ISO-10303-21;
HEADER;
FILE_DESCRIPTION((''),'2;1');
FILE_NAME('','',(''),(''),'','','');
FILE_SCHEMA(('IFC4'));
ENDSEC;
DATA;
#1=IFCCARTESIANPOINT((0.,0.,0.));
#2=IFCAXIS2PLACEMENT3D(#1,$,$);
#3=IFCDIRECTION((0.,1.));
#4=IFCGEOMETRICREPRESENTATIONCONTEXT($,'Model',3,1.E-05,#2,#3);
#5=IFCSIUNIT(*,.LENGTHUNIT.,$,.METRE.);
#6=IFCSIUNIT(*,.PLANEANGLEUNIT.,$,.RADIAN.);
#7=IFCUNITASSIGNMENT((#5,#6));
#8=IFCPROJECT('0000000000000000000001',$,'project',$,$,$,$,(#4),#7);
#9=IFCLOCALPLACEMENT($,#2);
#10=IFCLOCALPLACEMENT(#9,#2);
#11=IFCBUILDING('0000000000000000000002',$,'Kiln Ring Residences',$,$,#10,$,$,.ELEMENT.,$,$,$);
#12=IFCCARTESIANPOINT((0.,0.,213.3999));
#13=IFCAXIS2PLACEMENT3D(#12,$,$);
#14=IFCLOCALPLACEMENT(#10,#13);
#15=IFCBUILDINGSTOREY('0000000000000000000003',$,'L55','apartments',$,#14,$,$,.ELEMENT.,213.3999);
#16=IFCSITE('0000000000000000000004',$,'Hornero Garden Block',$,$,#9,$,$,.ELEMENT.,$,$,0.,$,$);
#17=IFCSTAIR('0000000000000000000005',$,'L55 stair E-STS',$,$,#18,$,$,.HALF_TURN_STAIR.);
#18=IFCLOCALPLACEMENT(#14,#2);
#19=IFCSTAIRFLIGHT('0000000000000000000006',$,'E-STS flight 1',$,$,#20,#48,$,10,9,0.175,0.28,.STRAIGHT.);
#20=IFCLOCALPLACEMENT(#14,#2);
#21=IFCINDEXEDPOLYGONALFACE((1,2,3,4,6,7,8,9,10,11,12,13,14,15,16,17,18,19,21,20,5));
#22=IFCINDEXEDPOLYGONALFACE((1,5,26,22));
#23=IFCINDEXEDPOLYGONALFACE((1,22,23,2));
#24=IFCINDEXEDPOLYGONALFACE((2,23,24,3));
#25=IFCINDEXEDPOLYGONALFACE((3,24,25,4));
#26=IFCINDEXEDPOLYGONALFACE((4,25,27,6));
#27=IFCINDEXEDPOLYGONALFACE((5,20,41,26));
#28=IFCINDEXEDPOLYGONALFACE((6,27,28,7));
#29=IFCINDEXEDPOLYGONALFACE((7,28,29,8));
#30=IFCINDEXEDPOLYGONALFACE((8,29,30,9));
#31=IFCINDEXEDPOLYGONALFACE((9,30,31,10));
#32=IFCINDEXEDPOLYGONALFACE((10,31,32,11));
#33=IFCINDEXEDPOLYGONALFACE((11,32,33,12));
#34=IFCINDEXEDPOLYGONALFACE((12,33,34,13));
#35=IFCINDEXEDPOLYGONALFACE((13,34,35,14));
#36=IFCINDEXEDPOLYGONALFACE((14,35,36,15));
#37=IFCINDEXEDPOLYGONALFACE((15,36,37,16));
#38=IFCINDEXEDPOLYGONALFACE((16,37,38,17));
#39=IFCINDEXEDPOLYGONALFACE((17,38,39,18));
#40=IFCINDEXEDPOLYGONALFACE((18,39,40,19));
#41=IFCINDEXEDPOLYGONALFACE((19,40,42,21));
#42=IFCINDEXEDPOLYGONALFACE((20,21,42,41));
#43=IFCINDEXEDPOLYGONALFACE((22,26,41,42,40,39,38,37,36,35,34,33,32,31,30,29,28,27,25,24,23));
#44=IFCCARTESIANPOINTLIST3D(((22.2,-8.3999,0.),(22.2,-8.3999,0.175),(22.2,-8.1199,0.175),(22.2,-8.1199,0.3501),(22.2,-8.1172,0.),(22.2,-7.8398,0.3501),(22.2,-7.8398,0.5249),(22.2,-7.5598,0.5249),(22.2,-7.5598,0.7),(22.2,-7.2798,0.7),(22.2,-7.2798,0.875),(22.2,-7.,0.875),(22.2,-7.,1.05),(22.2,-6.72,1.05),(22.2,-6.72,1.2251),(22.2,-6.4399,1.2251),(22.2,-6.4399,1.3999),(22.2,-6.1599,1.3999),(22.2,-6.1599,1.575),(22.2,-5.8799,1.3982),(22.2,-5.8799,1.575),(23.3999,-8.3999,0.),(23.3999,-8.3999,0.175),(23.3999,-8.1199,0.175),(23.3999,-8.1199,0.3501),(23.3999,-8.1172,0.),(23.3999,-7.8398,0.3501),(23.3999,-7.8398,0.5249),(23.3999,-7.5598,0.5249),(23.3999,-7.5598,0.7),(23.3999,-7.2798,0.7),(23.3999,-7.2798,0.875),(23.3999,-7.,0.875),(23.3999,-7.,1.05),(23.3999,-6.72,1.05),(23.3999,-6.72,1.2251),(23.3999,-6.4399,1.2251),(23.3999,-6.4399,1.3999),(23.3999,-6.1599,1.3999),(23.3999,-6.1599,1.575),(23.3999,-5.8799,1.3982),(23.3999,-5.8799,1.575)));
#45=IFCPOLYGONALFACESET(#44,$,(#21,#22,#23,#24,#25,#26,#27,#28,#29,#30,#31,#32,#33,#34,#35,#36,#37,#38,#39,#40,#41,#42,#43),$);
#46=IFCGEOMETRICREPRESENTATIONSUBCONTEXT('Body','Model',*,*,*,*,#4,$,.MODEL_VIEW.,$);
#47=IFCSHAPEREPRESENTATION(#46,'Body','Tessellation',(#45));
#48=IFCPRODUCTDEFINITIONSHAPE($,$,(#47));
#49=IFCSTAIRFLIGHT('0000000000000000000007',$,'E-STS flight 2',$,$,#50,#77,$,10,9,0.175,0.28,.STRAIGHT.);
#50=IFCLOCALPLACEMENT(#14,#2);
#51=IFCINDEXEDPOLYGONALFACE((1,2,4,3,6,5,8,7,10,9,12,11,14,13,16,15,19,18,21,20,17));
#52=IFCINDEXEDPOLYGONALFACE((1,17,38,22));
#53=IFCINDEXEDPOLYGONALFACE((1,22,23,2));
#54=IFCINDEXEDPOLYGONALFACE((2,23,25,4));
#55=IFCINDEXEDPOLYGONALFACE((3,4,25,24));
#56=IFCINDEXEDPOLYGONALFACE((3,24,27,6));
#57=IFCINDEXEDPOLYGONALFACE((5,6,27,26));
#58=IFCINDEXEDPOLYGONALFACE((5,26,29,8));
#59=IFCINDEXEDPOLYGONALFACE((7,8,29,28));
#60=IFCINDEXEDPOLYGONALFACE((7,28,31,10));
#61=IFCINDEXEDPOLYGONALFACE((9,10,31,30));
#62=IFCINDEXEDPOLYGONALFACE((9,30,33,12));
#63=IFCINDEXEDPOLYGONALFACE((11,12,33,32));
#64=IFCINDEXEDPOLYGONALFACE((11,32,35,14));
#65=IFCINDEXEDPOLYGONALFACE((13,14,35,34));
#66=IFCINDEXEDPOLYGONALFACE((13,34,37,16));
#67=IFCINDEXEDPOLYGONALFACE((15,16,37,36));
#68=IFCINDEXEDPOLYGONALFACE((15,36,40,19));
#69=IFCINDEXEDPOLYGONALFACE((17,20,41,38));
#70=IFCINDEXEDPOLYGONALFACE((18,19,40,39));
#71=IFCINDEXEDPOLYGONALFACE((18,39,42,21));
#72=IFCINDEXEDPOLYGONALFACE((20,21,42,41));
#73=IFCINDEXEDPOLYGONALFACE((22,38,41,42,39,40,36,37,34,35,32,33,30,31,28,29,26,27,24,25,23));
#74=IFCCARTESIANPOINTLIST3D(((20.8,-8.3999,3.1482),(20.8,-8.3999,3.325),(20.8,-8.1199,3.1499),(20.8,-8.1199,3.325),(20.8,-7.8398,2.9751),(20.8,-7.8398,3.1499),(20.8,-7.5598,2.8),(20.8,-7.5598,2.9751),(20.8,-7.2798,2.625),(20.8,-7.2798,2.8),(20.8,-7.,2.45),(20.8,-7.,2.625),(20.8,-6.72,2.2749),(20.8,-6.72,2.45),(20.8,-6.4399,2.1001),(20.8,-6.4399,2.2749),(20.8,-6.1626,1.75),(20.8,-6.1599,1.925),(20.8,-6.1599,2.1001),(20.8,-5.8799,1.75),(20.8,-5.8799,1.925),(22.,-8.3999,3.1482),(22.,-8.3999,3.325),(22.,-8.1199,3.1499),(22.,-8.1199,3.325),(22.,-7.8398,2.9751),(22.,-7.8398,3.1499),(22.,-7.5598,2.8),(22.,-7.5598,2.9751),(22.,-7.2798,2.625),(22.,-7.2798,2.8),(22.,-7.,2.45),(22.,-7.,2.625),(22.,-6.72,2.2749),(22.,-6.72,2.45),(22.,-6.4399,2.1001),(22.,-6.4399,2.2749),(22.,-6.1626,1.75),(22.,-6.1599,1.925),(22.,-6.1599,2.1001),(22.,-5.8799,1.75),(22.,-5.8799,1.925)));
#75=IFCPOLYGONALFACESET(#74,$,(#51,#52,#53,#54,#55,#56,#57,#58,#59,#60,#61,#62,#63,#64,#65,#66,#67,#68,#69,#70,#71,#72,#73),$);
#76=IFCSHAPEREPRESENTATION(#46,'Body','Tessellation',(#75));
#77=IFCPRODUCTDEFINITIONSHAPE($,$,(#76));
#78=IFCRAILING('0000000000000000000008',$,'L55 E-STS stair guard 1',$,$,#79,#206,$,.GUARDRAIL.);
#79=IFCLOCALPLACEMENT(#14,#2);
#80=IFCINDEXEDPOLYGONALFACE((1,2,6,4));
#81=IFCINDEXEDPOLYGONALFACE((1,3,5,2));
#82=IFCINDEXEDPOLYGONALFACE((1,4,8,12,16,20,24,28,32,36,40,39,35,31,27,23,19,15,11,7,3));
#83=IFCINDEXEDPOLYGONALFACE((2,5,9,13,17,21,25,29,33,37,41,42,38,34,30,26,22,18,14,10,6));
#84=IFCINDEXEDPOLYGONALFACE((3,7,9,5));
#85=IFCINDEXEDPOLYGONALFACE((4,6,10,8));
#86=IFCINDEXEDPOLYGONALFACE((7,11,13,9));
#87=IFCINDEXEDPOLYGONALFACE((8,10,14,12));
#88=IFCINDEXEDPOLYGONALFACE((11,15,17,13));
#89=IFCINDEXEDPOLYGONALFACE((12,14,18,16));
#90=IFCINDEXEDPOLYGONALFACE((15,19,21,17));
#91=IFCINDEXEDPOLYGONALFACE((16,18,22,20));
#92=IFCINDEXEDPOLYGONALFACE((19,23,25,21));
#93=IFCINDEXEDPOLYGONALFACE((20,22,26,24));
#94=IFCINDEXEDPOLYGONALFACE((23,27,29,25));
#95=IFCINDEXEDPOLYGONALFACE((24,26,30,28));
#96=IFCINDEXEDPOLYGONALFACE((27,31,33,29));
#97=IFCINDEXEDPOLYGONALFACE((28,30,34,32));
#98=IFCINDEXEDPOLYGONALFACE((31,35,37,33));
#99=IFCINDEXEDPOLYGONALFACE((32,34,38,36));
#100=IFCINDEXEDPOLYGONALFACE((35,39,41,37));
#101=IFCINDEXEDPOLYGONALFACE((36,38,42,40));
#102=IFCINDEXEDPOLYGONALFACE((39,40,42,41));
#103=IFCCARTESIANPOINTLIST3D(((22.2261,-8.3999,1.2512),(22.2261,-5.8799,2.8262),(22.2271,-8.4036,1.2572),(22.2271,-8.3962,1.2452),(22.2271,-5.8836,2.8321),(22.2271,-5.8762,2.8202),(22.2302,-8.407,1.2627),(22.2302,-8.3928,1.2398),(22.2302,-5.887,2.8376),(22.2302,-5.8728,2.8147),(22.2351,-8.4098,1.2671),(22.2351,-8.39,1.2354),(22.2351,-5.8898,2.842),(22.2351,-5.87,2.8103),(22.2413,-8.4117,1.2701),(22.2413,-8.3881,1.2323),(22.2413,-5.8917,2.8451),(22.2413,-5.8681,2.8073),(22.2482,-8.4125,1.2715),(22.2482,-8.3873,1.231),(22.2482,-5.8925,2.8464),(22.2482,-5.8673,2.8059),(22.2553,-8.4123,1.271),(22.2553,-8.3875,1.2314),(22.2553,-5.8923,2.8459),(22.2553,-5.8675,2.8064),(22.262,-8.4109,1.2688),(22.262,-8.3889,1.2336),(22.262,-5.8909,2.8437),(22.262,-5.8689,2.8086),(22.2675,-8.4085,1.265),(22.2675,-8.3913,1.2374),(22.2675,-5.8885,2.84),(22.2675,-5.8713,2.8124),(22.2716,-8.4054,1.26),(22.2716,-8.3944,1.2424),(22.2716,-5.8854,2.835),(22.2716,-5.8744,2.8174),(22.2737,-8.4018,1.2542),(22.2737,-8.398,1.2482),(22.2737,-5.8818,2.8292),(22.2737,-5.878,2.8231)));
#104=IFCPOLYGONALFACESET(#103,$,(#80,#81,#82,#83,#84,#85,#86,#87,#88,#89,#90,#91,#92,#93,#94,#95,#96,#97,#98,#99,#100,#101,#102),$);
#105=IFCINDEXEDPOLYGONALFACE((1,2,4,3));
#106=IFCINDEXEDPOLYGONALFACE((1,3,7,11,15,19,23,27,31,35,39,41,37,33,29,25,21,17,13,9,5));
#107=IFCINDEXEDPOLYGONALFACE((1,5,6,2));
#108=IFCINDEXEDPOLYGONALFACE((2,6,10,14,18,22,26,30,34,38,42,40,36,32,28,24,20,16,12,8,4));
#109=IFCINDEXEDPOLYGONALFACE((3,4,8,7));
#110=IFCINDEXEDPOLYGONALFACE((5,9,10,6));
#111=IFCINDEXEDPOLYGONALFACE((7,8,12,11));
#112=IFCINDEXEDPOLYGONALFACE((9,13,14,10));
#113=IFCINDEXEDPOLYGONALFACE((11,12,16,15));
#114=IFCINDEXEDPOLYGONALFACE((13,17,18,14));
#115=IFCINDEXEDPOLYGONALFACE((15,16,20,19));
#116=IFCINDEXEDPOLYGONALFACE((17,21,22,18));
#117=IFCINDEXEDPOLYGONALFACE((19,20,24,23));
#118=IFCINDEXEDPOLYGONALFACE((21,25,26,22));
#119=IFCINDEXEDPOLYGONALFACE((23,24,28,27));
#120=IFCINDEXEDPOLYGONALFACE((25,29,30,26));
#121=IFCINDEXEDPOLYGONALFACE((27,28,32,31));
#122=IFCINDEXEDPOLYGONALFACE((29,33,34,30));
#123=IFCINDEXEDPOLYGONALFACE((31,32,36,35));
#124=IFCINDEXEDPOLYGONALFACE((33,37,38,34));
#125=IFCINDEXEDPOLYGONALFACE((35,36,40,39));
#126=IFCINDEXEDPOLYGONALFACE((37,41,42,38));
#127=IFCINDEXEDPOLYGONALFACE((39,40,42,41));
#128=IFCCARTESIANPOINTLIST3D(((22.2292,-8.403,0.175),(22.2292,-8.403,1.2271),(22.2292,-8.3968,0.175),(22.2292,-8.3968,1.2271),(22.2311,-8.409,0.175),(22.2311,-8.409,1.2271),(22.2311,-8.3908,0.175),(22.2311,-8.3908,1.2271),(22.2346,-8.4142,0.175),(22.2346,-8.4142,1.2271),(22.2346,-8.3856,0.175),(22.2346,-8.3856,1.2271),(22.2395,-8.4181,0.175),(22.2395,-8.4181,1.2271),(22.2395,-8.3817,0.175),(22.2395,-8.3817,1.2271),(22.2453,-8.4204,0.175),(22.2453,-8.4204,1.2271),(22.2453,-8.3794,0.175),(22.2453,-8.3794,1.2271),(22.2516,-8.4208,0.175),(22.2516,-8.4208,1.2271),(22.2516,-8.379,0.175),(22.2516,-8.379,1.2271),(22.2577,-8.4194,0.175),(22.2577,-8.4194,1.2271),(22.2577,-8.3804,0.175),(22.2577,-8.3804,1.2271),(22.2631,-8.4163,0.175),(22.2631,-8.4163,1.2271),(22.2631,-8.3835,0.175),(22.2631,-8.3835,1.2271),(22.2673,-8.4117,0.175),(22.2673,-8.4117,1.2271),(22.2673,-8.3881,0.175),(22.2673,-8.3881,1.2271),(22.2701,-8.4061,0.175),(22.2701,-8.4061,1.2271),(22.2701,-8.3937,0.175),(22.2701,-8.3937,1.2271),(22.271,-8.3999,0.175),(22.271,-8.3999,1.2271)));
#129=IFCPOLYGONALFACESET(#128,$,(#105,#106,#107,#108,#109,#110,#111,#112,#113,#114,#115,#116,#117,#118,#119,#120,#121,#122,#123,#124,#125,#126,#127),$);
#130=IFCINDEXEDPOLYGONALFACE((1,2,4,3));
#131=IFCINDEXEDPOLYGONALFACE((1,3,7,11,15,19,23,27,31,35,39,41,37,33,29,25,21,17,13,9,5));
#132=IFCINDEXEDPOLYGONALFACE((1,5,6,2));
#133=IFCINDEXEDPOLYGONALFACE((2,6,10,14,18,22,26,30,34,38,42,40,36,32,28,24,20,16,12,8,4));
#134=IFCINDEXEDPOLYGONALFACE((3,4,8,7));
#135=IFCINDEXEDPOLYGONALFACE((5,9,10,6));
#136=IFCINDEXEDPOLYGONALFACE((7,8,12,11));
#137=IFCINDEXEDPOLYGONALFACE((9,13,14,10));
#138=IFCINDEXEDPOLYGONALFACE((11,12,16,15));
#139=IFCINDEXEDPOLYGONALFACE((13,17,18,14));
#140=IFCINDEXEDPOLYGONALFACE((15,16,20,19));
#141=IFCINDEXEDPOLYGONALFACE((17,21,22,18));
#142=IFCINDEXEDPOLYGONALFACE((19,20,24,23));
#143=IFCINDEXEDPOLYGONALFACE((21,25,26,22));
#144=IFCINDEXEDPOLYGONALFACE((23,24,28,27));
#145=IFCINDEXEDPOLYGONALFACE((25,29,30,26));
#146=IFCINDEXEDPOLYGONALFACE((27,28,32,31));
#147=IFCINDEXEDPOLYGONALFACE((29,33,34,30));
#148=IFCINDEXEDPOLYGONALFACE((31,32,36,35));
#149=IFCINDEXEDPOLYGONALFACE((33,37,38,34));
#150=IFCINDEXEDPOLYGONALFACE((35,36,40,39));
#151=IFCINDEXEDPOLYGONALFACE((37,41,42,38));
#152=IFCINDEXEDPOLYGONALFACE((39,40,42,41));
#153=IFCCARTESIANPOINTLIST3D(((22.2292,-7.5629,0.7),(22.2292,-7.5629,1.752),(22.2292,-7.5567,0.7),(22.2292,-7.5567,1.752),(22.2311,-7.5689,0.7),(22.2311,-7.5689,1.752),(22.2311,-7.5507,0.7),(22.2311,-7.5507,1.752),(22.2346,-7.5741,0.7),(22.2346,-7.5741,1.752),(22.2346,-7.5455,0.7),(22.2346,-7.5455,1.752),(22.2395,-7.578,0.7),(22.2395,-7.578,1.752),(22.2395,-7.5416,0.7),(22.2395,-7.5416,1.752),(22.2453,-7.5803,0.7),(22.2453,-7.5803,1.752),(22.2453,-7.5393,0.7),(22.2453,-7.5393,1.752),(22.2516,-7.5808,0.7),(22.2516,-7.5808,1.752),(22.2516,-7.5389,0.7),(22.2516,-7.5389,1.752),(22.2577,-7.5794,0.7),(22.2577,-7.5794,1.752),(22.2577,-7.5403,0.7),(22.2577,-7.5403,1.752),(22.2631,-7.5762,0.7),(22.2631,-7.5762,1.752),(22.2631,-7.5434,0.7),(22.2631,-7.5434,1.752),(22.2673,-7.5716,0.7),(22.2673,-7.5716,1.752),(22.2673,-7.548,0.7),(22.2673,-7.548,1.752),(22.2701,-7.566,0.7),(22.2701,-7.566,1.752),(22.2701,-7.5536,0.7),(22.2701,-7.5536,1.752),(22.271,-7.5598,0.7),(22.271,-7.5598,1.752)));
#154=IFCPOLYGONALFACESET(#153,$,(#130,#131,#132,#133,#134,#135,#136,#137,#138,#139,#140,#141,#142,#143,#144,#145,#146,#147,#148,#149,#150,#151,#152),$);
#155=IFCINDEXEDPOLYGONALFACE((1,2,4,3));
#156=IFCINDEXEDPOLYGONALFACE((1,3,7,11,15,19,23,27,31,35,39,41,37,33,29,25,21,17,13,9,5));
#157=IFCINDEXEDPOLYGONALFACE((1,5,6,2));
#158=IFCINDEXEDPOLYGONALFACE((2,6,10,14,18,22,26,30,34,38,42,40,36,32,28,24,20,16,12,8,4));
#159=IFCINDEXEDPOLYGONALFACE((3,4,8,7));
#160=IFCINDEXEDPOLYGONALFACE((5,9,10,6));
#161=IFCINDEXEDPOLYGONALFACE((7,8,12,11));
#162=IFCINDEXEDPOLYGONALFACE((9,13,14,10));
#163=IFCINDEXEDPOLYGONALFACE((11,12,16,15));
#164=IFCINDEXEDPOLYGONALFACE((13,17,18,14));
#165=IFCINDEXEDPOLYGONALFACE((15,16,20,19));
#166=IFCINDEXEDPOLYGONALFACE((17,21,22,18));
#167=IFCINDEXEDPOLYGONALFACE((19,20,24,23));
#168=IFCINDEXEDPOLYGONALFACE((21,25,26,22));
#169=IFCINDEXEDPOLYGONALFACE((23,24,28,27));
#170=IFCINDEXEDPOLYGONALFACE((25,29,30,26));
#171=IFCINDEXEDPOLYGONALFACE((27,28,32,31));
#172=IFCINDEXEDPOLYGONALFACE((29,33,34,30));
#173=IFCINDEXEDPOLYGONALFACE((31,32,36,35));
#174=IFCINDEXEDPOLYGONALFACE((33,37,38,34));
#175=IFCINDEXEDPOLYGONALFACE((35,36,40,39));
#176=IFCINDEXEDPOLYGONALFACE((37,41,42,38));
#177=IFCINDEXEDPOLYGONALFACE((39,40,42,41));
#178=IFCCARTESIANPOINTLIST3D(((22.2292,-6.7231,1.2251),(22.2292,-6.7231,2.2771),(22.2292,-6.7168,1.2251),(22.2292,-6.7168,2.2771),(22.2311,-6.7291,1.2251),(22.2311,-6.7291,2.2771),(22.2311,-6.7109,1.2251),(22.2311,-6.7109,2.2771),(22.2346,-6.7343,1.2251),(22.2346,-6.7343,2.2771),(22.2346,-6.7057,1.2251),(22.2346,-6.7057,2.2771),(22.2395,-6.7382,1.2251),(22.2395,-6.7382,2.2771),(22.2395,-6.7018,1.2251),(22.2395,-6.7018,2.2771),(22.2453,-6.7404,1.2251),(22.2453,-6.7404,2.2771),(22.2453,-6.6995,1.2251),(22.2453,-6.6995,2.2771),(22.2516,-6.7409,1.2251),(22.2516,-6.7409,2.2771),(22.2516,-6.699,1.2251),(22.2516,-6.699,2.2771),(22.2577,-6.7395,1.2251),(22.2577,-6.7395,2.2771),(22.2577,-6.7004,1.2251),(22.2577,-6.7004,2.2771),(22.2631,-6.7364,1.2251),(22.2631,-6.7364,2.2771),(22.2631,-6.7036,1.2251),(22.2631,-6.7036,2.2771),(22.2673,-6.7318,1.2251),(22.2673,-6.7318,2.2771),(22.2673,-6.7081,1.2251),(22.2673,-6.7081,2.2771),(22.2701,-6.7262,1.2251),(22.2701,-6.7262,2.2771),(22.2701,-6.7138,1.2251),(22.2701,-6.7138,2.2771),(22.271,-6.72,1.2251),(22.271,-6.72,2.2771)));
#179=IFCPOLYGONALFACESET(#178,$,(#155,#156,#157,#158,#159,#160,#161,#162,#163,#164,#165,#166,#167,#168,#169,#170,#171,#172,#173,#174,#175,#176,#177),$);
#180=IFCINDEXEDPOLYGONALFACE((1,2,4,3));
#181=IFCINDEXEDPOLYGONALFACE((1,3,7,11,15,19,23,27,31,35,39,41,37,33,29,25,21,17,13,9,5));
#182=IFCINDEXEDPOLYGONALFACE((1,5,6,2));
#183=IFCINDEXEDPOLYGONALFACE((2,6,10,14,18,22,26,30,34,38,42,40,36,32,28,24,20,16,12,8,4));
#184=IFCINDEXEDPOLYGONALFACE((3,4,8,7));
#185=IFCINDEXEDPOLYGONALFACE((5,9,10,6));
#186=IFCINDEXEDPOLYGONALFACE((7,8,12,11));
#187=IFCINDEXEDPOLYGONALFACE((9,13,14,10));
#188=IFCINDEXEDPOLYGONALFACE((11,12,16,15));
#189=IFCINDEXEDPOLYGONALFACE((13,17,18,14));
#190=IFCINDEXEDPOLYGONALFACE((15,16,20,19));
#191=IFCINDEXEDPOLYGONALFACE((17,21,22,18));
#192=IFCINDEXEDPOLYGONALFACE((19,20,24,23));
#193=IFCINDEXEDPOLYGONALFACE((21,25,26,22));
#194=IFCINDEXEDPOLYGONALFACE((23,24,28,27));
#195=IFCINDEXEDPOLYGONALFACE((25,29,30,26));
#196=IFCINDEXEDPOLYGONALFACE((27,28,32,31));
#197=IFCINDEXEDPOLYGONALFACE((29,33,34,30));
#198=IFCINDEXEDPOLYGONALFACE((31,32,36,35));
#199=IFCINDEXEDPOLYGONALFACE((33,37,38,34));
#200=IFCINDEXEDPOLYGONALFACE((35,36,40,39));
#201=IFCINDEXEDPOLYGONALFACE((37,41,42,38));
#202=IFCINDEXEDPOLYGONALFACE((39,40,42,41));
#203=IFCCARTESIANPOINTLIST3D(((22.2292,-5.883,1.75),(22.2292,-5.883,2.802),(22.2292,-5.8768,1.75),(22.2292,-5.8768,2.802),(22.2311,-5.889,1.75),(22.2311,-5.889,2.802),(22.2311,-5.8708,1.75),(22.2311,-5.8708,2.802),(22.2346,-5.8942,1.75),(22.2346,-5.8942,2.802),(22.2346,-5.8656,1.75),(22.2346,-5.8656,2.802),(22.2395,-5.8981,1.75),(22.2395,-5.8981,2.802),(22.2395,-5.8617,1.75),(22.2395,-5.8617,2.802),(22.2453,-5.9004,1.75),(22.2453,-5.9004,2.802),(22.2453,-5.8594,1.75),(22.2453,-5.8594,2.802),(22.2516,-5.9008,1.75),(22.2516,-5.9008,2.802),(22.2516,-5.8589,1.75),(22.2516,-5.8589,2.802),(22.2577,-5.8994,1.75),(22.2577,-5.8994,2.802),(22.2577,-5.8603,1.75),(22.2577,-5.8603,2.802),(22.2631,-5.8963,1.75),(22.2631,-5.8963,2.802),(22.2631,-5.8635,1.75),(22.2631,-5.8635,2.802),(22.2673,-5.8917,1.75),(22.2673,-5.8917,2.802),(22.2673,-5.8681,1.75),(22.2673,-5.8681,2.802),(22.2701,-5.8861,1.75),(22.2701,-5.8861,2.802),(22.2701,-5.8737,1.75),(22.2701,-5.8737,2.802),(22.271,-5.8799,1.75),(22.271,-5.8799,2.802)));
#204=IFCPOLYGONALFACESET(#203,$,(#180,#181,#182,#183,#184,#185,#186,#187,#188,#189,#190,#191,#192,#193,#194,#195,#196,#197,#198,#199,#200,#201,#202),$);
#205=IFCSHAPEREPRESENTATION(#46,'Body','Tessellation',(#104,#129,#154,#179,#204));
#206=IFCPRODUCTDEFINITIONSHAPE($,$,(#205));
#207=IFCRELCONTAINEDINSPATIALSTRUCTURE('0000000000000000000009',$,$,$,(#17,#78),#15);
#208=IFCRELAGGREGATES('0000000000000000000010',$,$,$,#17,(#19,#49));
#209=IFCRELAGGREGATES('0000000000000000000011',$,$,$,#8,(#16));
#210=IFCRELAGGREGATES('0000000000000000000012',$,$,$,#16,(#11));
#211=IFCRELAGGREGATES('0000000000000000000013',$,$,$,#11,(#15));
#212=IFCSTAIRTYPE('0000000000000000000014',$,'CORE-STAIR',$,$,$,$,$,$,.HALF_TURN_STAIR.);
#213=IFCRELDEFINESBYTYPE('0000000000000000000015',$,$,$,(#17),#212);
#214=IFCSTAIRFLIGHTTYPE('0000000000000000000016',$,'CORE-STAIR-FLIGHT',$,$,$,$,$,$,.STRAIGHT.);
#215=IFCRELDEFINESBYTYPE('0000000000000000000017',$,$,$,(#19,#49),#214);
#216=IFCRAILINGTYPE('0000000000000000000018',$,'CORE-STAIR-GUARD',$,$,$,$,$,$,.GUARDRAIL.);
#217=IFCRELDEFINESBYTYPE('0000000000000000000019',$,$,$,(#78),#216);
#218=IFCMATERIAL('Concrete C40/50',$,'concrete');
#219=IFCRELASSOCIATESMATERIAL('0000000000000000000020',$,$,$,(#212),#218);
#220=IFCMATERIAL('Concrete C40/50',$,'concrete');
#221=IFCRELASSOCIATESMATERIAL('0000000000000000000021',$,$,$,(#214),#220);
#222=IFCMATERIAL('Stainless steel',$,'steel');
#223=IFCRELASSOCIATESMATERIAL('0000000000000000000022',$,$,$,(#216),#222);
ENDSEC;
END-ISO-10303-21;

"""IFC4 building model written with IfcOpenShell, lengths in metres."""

from ifc_helpers import new_model, si_unit, direction, frame, origin, origin_2d, place, context, subcontext, project, spatial, polyline, circle, outline, extrude, material, type_object, element, aggregate, save


model = new_model("IFC4")

# Units and contexts
model_context = context("Model", 3, precision=1e-05, world=origin(), true_north=direction((0.0, 1.0)))
body_context = subcontext(model_context, "Body", "Model", "MODEL_VIEW")
ifc_project = project(units=[si_unit("LENGTHUNIT", "METRE"), si_unit("PLANEANGLEUNIT", "RADIAN")], contexts=[model_context])

# Site, building, storey
site_placement = place(None, origin())
site = spatial("IfcSite", under=ifc_project, at=site_placement, Name="Hornero Garden Block", CompositionType="ELEMENT", RefElevation=0.0)
building_placement = place(site_placement, origin())
building = spatial("IfcBuilding", under=site, at=building_placement, Name="Kiln Ring Residences", CompositionType="ELEMENT")
storey_placement = place(building_placement, frame((0.0, 0.0, 213.3999)))
storey = spatial("IfcBuildingStorey", under=building, at=storey_placement, Name="L55", Description="apartments", CompositionType="ELEMENT", Elevation=213.3999)

# Stair, stair flights
ifc_material_1 = material(Name="Concrete C40/50", Category="concrete")
stair_type = type_object("IfcStairType", Name="CORE-STAIR", PredefinedType="HALF_TURN_STAIR", material=ifc_material_1)
stair_placement = place(storey_placement, origin())
stair = element("IfcStair", 1, at=stair_placement, inside=storey, type_object=stair_type, Name="L55 stair E-STS", PredefinedType="HALF_TURN_STAIR")
ifc_material_2 = material(Name="Concrete C40/50", Category="concrete")
stair_flight_type = type_object("IfcStairFlightType", Name="CORE-STAIR-FLIGHT", PredefinedType="STRAIGHT", material=ifc_material_2)
stair_flight_1_placement = place(storey_placement, frame((22.8, -8.3999, 0.0), z_axis=(0.0, 0.0, 1.0), x_axis=(0.0, 1.0, 0.0)))
stair_flight_1 = element("IfcStairFlight", 2, at=stair_flight_1_placement, type_object=stair_flight_type, Name="E-STS flight 1", NumberOfRisers=10, NumberOfTreads=9, PredefinedType="STRAIGHT", RiserHeight=0.175, TreadLength=0.28, context=body_context, shape_type="SweptSolid", body=[
    extrude(outline(polyline([(0.0, 0.0), (0.0, 0.175), (0.28, 0.175), (0.28, 0.3501), (0.5601, 0.3501), (0.5601, 0.5249), (0.8401, 0.5249), (0.8401, 0.7), (1.1201, 0.7), (1.1201, 0.875), (1.3999, 0.875), (1.3999, 1.05), (1.6799, 1.05), (1.6799, 1.2251), (1.96, 1.2251), (1.96, 1.3999), (2.24, 1.3999), (2.24, 1.575), (2.52, 1.575), (2.52, 1.75), (2.52, 1.3982), (0.2827, 0.0), (0.0, 0.0)])), frame((0.0, 0.6001, 0.0), z_axis=(0.0, -1.0, 0.0), x_axis=(1.0, 0.0, 0.0)), (0.0, 0.0, 1.0), 1.2),
])
stair_flight_2_placement = place(storey_placement, frame((21.3999, -5.8799, 1.75), z_axis=(0.0, 0.0, 1.0), x_axis=(0.0, -1.0, 0.0)))
stair_flight_2 = element("IfcStairFlight", 3, at=stair_flight_2_placement, type_object=stair_flight_type, Name="E-STS flight 2", NumberOfRisers=10, NumberOfTreads=9, PredefinedType="STRAIGHT", RiserHeight=0.175, TreadLength=0.28, context=body_context, shape_type="SweptSolid", body=[
    extrude(outline(polyline([(0.0, 0.0), (0.0, 0.175), (0.28, 0.175), (0.28, 0.3501), (0.5601, 0.3501), (0.5601, 0.5249), (0.8401, 0.5249), (0.8401, 0.7), (1.1201, 0.7), (1.1201, 0.875), (1.3999, 0.875), (1.3999, 1.05), (1.6799, 1.05), (1.6799, 1.2251), (1.96, 1.2251), (1.96, 1.3999), (2.24, 1.3999), (2.24, 1.575), (2.52, 1.575), (2.52, 1.75), (2.52, 1.3982), (0.2827, 0.0), (0.0, 0.0)])), frame((0.0, 0.6001, 0.0), z_axis=(0.0, -1.0, 0.0), x_axis=(1.0, 0.0, 0.0)), (0.0, 0.0, 1.0), 1.2),
])
aggregate(stair, [stair_flight_1, stair_flight_2])

# Railing
ifc_material_3 = material(Name="Stainless steel", Category="steel")
railing_type_1 = type_object("IfcRailingType", Name="CORE-STAIR-GUARD", PredefinedType="GUARDRAIL", material=ifc_material_3)
railing_1_placement = place(storey_placement, frame((22.25, -8.3999, 0.175)))
element("IfcRailing", 4, at=railing_1_placement, inside=storey, type_object=railing_type_1, Name="L55 E-STS stair guard 1", PredefinedType="GUARDRAIL", context=body_context, shape_type="SweptSolid", body=[
    extrude(circle(Radius=0.0239, at=origin_2d()), frame((0.0, 0.0, 1.0762), z_axis=(0.0, 0.848008, 0.529984), x_axis=(-1.0, 0.0, 0.0)), (0.0, 0.0, 1.0), 2.9717),
    extrude(circle(Radius=0.021, at=origin_2d()), origin(), (0.0, 0.0, 1.0), 1.052),
    extrude(circle(Radius=0.021, at=origin_2d()), frame((0.0, 0.8401, 0.5249)), (0.0, 0.0, 1.0), 1.052),
    extrude(circle(Radius=0.021, at=origin_2d()), frame((0.0, 1.6799, 1.05)), (0.0, 0.0, 1.0), 1.052),
    extrude(circle(Radius=0.021, at=origin_2d()), frame((0.0, 2.52, 1.575)), (0.0, 0.0, 1.0), 1.052),
])

save(model, "model.ifc")
